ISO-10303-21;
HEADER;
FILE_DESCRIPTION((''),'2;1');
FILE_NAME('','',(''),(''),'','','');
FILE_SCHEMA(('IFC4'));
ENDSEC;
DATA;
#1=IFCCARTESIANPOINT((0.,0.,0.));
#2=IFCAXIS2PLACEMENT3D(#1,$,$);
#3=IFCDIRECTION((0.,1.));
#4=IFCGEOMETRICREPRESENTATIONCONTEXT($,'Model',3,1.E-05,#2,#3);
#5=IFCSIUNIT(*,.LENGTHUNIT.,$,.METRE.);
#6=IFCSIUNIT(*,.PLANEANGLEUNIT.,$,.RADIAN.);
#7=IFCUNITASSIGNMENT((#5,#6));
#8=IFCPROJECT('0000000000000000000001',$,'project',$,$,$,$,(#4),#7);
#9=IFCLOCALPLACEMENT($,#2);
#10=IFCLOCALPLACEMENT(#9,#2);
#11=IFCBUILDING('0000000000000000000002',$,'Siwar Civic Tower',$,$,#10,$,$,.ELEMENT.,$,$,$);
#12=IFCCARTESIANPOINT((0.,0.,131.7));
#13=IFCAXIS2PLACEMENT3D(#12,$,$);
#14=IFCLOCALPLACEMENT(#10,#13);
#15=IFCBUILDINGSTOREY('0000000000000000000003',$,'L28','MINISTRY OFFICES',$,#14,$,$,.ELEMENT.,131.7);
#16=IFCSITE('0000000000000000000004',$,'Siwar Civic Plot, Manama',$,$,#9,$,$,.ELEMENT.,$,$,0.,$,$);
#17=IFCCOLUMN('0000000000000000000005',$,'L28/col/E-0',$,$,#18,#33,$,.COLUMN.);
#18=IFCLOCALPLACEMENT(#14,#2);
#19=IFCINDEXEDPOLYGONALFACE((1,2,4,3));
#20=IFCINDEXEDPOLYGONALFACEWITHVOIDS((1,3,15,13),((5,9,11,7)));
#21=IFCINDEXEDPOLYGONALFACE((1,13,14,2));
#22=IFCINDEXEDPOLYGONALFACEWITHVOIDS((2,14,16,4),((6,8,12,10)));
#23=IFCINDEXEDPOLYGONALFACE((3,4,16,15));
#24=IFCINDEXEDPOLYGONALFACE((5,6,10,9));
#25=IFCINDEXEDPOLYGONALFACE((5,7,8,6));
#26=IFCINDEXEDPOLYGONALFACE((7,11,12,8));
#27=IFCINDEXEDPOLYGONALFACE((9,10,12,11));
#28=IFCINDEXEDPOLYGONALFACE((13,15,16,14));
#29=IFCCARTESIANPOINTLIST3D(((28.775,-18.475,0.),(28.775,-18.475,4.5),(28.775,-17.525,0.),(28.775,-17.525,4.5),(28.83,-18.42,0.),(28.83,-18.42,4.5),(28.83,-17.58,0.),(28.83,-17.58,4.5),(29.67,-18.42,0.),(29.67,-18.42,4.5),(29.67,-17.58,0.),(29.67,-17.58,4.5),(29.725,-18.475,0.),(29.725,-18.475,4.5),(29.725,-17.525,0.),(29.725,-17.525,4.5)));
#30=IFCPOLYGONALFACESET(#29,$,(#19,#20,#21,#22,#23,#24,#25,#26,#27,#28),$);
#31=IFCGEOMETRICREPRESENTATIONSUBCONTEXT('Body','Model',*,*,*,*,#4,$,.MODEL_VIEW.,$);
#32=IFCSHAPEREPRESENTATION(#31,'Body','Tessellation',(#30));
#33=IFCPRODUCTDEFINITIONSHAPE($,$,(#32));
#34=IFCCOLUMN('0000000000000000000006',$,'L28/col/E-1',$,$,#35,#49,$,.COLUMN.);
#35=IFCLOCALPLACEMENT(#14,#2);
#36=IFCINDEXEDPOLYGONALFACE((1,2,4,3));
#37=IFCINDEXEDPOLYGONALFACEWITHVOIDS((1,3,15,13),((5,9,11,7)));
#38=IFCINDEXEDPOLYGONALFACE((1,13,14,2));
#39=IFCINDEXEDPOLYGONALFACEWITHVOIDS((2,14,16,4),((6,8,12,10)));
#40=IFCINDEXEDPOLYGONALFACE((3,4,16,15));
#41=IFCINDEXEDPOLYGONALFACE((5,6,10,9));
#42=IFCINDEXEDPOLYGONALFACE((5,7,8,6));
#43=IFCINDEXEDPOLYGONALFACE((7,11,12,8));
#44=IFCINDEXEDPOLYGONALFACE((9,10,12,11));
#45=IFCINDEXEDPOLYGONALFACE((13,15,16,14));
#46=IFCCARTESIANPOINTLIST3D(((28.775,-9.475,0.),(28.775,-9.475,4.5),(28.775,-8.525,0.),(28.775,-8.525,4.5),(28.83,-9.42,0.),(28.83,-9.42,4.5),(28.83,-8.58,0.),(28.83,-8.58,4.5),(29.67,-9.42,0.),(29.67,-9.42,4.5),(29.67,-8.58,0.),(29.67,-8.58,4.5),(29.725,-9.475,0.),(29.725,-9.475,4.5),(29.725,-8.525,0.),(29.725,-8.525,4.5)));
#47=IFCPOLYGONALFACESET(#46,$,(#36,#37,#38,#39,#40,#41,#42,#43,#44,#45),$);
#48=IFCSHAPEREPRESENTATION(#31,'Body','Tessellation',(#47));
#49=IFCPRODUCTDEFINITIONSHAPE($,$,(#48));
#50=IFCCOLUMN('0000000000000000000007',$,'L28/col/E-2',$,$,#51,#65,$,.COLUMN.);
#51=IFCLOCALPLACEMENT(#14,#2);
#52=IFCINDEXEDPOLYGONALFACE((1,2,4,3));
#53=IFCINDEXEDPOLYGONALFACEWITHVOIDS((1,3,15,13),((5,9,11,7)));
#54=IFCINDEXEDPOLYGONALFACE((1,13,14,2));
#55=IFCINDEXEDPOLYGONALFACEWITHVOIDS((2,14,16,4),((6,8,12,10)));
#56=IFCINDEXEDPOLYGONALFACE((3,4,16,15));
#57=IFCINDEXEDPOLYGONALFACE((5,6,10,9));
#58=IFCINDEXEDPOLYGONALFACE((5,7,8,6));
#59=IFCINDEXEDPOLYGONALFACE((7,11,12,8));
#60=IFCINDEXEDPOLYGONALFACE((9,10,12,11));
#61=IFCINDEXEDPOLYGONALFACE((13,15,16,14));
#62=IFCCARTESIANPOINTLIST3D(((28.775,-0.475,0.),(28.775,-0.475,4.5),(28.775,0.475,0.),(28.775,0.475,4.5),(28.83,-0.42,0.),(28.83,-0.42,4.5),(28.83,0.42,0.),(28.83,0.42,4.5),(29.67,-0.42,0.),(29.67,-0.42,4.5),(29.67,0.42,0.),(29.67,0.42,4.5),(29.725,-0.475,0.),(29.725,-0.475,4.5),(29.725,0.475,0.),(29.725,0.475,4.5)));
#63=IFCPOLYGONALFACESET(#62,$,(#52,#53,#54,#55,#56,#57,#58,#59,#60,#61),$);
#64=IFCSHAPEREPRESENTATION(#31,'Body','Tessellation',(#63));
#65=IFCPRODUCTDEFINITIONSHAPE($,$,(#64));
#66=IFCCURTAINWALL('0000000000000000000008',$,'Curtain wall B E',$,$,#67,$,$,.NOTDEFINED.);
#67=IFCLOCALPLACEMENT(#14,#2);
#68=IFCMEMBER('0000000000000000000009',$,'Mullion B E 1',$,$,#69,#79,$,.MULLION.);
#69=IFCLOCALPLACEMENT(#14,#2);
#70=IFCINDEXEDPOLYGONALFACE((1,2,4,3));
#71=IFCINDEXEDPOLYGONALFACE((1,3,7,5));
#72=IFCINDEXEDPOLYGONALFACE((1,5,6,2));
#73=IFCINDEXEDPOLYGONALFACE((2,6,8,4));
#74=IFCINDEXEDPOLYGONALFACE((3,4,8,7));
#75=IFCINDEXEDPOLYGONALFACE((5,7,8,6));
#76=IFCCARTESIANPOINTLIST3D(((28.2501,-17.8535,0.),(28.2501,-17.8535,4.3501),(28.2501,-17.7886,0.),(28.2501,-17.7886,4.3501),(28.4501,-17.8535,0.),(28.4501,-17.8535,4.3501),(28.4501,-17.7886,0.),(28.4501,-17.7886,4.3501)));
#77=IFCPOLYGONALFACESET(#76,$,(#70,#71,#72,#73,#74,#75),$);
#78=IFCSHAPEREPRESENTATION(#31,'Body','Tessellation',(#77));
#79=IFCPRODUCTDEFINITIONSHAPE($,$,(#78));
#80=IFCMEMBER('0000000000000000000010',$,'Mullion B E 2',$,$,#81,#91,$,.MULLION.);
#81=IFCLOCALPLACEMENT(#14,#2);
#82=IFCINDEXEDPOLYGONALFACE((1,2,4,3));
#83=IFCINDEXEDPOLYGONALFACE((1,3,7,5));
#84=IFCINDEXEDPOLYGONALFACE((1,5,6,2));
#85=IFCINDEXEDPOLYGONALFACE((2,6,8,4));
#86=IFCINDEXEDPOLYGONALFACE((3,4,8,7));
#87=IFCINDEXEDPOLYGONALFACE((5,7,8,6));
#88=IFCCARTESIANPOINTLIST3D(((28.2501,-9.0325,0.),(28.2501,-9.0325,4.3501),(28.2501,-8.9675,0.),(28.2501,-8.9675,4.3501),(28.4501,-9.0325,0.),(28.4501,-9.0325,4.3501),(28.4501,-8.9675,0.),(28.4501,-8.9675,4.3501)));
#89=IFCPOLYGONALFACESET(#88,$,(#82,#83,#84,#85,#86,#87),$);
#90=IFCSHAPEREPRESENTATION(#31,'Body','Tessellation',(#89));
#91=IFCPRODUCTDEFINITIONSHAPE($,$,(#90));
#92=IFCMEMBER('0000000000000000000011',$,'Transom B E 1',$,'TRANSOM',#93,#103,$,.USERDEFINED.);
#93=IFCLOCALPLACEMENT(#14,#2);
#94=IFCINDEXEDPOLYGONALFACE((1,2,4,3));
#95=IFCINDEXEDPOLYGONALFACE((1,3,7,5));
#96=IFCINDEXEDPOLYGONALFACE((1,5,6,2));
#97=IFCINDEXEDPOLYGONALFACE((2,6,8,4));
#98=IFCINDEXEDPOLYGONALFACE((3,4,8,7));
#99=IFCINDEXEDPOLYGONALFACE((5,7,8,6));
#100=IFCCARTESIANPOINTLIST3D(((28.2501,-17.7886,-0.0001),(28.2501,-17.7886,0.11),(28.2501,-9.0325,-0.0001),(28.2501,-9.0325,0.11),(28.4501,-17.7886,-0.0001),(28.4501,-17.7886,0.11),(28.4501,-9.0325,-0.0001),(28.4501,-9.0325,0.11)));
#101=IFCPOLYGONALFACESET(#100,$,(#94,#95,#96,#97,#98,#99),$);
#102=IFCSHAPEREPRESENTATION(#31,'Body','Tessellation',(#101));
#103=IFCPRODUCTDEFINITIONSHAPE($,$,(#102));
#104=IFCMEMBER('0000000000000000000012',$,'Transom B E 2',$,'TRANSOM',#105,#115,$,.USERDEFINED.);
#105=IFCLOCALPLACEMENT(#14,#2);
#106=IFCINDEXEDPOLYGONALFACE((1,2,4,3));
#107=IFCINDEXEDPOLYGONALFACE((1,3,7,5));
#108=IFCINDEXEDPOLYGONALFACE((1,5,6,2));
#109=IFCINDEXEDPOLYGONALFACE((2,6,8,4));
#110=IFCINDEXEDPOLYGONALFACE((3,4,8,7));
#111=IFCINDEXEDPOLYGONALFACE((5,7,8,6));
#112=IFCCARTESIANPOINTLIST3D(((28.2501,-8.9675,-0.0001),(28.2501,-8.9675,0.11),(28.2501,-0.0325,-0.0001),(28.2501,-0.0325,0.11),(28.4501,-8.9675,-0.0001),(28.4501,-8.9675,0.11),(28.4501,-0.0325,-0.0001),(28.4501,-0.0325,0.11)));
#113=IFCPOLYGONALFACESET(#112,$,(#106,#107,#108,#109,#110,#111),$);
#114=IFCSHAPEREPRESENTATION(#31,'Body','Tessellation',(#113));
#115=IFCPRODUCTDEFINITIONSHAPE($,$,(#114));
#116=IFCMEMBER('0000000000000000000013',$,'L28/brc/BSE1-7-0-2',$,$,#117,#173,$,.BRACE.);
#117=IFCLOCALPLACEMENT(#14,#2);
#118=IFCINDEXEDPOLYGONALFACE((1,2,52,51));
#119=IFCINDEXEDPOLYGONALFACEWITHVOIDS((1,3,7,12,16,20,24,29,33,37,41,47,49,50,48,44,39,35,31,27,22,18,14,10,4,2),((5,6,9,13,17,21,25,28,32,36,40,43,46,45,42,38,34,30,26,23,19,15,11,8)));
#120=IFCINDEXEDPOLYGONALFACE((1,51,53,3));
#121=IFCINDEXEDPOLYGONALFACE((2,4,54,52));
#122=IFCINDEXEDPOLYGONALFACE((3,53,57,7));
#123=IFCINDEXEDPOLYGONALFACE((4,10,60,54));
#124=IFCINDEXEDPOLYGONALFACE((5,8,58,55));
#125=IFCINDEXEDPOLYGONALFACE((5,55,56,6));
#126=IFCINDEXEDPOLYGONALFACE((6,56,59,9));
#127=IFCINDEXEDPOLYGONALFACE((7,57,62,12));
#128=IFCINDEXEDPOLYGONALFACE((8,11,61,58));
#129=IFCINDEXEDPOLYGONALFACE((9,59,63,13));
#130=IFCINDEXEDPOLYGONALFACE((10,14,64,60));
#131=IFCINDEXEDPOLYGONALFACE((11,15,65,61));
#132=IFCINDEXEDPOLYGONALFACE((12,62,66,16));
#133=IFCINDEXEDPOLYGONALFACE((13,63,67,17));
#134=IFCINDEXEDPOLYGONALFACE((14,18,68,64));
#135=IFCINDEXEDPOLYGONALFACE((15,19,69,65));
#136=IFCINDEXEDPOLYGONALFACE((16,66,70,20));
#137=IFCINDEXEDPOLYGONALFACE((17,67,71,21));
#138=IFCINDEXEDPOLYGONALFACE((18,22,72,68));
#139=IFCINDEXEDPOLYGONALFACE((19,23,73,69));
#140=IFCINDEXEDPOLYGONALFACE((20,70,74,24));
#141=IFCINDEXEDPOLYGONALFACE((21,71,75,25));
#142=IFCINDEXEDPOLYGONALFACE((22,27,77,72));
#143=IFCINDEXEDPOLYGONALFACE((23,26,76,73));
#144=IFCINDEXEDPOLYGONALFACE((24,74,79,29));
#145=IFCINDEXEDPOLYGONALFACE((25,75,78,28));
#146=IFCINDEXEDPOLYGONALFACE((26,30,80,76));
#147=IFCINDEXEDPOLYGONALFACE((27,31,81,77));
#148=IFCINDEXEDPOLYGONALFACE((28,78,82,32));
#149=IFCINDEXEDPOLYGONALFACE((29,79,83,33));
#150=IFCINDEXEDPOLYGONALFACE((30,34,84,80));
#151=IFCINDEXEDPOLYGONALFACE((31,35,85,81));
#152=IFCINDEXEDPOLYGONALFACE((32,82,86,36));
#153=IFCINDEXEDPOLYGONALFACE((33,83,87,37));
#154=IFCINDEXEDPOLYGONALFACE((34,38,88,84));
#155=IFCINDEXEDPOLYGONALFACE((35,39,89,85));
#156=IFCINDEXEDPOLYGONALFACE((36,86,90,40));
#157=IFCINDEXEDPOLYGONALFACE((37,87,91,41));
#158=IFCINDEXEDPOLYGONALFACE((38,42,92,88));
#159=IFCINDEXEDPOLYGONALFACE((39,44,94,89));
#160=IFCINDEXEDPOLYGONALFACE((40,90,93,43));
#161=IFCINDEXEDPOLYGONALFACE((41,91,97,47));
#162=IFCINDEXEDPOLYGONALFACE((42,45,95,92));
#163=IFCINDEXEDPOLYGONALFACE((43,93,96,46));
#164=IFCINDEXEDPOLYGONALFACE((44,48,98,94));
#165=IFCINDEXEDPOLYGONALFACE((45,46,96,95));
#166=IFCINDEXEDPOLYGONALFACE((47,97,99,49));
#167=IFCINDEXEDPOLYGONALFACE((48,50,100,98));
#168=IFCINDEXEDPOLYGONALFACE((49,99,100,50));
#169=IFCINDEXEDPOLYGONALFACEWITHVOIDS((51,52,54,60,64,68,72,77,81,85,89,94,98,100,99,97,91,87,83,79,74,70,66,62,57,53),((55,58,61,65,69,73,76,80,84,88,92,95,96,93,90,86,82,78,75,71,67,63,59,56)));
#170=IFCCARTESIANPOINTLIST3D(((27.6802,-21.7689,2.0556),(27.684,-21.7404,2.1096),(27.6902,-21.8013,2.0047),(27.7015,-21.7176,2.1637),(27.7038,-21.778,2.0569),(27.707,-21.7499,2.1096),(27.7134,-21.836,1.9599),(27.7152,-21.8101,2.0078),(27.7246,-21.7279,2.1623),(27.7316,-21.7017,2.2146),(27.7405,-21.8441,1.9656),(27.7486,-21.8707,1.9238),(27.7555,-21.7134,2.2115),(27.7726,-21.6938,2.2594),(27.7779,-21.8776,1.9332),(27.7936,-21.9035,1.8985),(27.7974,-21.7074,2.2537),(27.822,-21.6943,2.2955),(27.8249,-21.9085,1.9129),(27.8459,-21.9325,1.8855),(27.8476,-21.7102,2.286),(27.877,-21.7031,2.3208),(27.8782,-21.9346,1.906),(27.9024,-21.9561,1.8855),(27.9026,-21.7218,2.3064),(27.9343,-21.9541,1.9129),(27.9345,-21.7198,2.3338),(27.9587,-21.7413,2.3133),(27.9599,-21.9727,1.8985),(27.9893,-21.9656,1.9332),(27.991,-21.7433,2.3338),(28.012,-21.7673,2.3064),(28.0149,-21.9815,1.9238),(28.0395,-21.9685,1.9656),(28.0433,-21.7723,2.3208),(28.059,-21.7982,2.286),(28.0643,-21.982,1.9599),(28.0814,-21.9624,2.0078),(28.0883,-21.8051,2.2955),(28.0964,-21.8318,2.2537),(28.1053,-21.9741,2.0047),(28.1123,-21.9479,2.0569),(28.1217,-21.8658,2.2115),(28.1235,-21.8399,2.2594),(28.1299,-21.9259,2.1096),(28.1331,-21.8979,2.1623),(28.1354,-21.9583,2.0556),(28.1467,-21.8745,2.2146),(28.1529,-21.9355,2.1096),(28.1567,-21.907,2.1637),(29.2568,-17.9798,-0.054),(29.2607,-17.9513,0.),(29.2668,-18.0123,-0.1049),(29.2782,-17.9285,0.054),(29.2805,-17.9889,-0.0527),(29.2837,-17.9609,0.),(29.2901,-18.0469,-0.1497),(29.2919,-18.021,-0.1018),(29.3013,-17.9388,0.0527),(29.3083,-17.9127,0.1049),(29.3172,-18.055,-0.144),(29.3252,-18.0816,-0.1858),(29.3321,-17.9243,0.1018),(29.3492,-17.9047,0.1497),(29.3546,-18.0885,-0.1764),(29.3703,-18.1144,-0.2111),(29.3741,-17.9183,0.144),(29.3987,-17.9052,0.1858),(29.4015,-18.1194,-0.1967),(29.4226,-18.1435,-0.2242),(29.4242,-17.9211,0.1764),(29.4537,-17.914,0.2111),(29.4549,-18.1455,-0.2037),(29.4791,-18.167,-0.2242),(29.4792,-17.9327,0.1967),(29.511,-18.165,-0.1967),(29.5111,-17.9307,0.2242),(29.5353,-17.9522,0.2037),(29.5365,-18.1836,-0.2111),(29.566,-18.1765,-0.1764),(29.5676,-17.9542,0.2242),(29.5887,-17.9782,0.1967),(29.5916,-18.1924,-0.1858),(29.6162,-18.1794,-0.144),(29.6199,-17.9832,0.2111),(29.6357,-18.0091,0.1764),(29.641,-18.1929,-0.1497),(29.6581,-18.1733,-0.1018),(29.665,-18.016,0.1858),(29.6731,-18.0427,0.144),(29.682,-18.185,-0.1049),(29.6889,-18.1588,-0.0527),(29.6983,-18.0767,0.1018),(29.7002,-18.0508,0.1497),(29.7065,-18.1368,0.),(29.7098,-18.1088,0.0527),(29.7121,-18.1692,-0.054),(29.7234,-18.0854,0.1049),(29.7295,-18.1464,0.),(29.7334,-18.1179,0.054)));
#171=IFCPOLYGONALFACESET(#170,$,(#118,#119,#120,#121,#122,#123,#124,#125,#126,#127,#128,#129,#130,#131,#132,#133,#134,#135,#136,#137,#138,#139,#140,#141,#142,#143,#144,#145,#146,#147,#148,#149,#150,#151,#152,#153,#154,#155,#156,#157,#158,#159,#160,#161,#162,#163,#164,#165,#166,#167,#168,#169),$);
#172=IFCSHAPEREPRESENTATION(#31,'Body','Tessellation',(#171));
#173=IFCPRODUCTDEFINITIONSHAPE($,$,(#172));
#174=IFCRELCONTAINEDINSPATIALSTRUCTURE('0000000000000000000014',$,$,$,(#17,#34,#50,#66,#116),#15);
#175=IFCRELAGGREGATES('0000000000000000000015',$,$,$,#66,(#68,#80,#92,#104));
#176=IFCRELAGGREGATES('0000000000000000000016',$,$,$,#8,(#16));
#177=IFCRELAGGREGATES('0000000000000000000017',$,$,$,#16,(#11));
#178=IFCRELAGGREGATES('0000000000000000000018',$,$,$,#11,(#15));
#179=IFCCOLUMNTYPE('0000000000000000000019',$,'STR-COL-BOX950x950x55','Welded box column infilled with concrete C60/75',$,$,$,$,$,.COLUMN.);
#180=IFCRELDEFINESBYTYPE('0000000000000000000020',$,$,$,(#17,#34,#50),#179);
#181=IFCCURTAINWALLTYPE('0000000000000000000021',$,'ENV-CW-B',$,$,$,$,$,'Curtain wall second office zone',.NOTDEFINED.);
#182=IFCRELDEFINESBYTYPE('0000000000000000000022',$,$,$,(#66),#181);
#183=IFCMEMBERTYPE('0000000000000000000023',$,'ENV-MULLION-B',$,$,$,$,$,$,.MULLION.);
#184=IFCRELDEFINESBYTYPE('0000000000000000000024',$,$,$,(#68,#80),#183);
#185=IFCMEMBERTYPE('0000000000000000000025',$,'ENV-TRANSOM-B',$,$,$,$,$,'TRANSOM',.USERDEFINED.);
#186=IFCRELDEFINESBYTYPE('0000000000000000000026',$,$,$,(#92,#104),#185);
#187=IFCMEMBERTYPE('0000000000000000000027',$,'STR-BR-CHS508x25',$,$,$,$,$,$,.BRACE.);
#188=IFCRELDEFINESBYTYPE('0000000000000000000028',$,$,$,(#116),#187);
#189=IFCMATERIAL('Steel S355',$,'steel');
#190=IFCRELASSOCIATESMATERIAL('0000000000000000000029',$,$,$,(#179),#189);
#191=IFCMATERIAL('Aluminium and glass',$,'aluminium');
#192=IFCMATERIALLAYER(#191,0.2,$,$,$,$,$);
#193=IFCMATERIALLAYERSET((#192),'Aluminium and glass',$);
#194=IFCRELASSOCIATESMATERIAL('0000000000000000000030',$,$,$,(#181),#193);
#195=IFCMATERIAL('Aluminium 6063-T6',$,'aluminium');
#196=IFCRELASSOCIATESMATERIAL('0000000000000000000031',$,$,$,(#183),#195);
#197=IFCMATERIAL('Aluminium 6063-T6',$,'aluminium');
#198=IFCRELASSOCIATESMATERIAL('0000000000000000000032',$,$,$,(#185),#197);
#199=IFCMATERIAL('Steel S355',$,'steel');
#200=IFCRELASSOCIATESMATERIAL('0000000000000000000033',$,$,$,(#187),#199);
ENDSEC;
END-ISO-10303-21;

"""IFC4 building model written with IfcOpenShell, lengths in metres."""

from ifc_helpers import new_model, si_unit, direction, frame, origin, origin_2d, place, context, subcontext, project, spatial, rectangle, hollow_rectangle, hollow_circle, extrude, material, layer, layer_set, material_profile, profile_set, type_object, element, aggregate, save


model = new_model("IFC4")

# Units and contexts
model_context = context("Model", 3, precision=1e-05, world=origin(), true_north=direction((0.0, 1.0)))
body_context = subcontext(model_context, "Body", "Model", "MODEL_VIEW")
ifc_project = project(units=[si_unit("LENGTHUNIT", "METRE"), si_unit("PLANEANGLEUNIT", "RADIAN")], contexts=[model_context])

# Site, building, storey
site_placement = place(None, origin())
site = spatial("IfcSite", under=ifc_project, at=site_placement, Name="Siwar Civic Plot, Manama", CompositionType="ELEMENT", RefElevation=0.0)
building_placement = place(site_placement, origin())
building = spatial("IfcBuilding", under=site, at=building_placement, Name="Siwar Civic Tower", CompositionType="ELEMENT")
storey_placement = place(building_placement, frame((0.0, 0.0, 131.7)))
storey = spatial("IfcBuildingStorey", under=building, at=storey_placement, Name="L28", Description="MINISTRY OFFICES", CompositionType="ELEMENT", Elevation=131.7)

# Columns
ifc_material_1 = material(Name="Steel S355", Category="steel")
ifc_material_profile_1 = material_profile(ifc_material_1, hollow_rectangle(XDim=0.95, YDim=0.95, WallThickness=0.0549, at=origin_2d()), Name="BOX950x950x55")
ifc_profile_set_1 = profile_set([ifc_material_profile_1], Name="Steel S355")
column_type = type_object("IfcColumnType", Name="STR-COL-BOX950x950x55", Description="Welded box column infilled with concrete C60/75", PredefinedType="COLUMN", material=ifc_profile_set_1)
for number, where, z_axis, x_axis, name in (
    (1, (29.25, -18.0, 0.0), (0.0, 0.0, 1.0), (1.0, 0.0, 0.0), "L28/col/E-0"),
    (2, (29.25, -9.0, 0.0), (0.0, 0.0, 1.0), (1.0, 0.0, 0.0), "L28/col/E-1"),
    (3, (29.25, 0.0, 0.0), (0.0, 0.0, 1.0), (1.0, 0.0, 0.0), "L28/col/E-2"),
):
    element("IfcColumn", number, at=place(storey_placement, frame(where, z_axis=z_axis, x_axis=x_axis)), inside=storey, type_object=column_type, Name=name, PredefinedType="COLUMN", context=body_context, shape_type="SweptSolid", body=[
        extrude(hollow_rectangle(XDim=0.95, YDim=0.95, WallThickness=0.0549, at=origin_2d()), origin(), (0.0, 0.0, 1.0), 4.5),
    ])

# Curtain wall, members
ifc_material_2 = material(Name="Aluminium and glass", Category="aluminium")
ifc_layer_1 = layer(ifc_material_2, 0.2)
ifc_layer_set_1 = layer_set([ifc_layer_1], Name="Aluminium and glass")
curtain_wall_type = type_object("IfcCurtainWallType", Name="ENV-CW-B", ElementType="Curtain wall second office zone", PredefinedType="NOTDEFINED", material=ifc_layer_set_1)
curtain_wall_placement = place(storey_placement, origin())
curtain_wall = element("IfcCurtainWall", 4, at=curtain_wall_placement, inside=storey, type_object=curtain_wall_type, Name="Curtain wall B E", PredefinedType="NOTDEFINED")
ifc_material_3 = material(Name="Aluminium 6063-T6", Category="aluminium")
ifc_material_profile_2 = material_profile(ifc_material_3, rectangle(XDim=0.2, YDim=0.0649, at=origin_2d()), Name="AL 200x65")
ifc_profile_set_2 = profile_set([ifc_material_profile_2], Name="Aluminium 6063-T6")
member_type_1 = type_object("IfcMemberType", Name="ENV-MULLION-B", PredefinedType="MULLION", material=ifc_profile_set_2)
member_1_placement = place(storey_placement, frame((28.3501, -17.821, 0.0), z_axis=(0.0, 0.0, 1.0), x_axis=(-1.0, 0.0, 0.0)))
member_1 = element("IfcMember", 5, at=member_1_placement, type_object=member_type_1, Name="Mullion B E 1", PredefinedType="MULLION", context=body_context, shape_type="SweptSolid", body=[
    extrude(rectangle(XDim=0.2, YDim=0.0649, at=origin_2d()), origin(), (0.0, 0.0, 1.0), 4.3501),
])
member_2_placement = place(storey_placement, frame((28.3501, -9.0, 0.0), z_axis=(0.0, 0.0, 1.0), x_axis=(-1.0, 0.0, 0.0)))
member_2 = element("IfcMember", 6, at=member_2_placement, type_object=member_type_1, Name="Mullion B E 2", PredefinedType="MULLION", context=body_context, shape_type="SweptSolid", body=[
    extrude(rectangle(XDim=0.2, YDim=0.0649, at=origin_2d()), origin(), (0.0, 0.0, 1.0), 4.3501),
])
ifc_material_4 = material(Name="Aluminium 6063-T6", Category="aluminium")
ifc_material_profile_3 = material_profile(ifc_material_4, rectangle(XDim=0.2, YDim=0.1101, at=origin_2d()), Name="AL 200x110")
ifc_profile_set_3 = profile_set([ifc_material_profile_3], Name="Aluminium 6063-T6")
member_type_2 = type_object("IfcMemberType", Name="ENV-TRANSOM-B", ElementType="TRANSOM", PredefinedType="USERDEFINED", material=ifc_profile_set_3)
member_3_placement = place(storey_placement, frame((28.3501, -17.7886, 0.0549), z_axis=(0.0, 1.0, 0.0), x_axis=(-1.0, 0.0, 0.0)))
member_3 = element("IfcMember", 7, at=member_3_placement, type_object=member_type_2, Name="Transom B E 1", ObjectType="TRANSOM", PredefinedType="USERDEFINED", context=body_context, shape_type="SweptSolid", body=[
    extrude(rectangle(XDim=0.2, YDim=0.1101, at=origin_2d()), origin(), (0.0, 0.0, 1.0), 8.7561),
])
member_4_placement = place(storey_placement, frame((28.3501, -8.9675, 0.0549), z_axis=(0.0, 1.0, 0.0), x_axis=(-1.0, 0.0, 0.0)))
member_4 = element("IfcMember", 8, at=member_4_placement, type_object=member_type_2, Name="Transom B E 2", ObjectType="TRANSOM", PredefinedType="USERDEFINED", context=body_context, shape_type="SweptSolid", body=[
    extrude(rectangle(XDim=0.2, YDim=0.1101, at=origin_2d()), origin(), (0.0, 0.0, 1.0), 8.9351),
])

# Member
ifc_material_5 = material(Name="Steel S355", Category="steel")
ifc_material_profile_4 = material_profile(ifc_material_5, hollow_circle(Radius=0.2539, WallThickness=0.0249, at=origin_2d()), Name="CHS508x25")
ifc_profile_set_4 = profile_set([ifc_material_profile_4], Name="Steel S355")
member_type_3 = type_object("IfcMemberType", Name="STR-BR-CHS508x25", PredefinedType="BRACE", material=ifc_profile_set_4)
member_5_placement = place(storey_placement, frame((29.4951, -18.0488, 0.0), z_axis=(-0.341677, -0.821126, 0.457175), x_axis=(0.92326, -0.384176, 0.0)))
element("IfcMember", 9, at=member_5_placement, inside=storey, type_object=member_type_3, Name="L28/brc/BSE1-7-0-2", PredefinedType="BRACE", context=body_context, shape_type="SweptSolid", body=[
    extrude(hollow_circle(Radius=0.2539, WallThickness=0.0249, at=origin_2d()), origin(), (0.0, 0.0, 1.0), 4.6145),
])

aggregate(curtain_wall, [member_1, member_2, member_3, member_4])

save(model, "model.ifc")
